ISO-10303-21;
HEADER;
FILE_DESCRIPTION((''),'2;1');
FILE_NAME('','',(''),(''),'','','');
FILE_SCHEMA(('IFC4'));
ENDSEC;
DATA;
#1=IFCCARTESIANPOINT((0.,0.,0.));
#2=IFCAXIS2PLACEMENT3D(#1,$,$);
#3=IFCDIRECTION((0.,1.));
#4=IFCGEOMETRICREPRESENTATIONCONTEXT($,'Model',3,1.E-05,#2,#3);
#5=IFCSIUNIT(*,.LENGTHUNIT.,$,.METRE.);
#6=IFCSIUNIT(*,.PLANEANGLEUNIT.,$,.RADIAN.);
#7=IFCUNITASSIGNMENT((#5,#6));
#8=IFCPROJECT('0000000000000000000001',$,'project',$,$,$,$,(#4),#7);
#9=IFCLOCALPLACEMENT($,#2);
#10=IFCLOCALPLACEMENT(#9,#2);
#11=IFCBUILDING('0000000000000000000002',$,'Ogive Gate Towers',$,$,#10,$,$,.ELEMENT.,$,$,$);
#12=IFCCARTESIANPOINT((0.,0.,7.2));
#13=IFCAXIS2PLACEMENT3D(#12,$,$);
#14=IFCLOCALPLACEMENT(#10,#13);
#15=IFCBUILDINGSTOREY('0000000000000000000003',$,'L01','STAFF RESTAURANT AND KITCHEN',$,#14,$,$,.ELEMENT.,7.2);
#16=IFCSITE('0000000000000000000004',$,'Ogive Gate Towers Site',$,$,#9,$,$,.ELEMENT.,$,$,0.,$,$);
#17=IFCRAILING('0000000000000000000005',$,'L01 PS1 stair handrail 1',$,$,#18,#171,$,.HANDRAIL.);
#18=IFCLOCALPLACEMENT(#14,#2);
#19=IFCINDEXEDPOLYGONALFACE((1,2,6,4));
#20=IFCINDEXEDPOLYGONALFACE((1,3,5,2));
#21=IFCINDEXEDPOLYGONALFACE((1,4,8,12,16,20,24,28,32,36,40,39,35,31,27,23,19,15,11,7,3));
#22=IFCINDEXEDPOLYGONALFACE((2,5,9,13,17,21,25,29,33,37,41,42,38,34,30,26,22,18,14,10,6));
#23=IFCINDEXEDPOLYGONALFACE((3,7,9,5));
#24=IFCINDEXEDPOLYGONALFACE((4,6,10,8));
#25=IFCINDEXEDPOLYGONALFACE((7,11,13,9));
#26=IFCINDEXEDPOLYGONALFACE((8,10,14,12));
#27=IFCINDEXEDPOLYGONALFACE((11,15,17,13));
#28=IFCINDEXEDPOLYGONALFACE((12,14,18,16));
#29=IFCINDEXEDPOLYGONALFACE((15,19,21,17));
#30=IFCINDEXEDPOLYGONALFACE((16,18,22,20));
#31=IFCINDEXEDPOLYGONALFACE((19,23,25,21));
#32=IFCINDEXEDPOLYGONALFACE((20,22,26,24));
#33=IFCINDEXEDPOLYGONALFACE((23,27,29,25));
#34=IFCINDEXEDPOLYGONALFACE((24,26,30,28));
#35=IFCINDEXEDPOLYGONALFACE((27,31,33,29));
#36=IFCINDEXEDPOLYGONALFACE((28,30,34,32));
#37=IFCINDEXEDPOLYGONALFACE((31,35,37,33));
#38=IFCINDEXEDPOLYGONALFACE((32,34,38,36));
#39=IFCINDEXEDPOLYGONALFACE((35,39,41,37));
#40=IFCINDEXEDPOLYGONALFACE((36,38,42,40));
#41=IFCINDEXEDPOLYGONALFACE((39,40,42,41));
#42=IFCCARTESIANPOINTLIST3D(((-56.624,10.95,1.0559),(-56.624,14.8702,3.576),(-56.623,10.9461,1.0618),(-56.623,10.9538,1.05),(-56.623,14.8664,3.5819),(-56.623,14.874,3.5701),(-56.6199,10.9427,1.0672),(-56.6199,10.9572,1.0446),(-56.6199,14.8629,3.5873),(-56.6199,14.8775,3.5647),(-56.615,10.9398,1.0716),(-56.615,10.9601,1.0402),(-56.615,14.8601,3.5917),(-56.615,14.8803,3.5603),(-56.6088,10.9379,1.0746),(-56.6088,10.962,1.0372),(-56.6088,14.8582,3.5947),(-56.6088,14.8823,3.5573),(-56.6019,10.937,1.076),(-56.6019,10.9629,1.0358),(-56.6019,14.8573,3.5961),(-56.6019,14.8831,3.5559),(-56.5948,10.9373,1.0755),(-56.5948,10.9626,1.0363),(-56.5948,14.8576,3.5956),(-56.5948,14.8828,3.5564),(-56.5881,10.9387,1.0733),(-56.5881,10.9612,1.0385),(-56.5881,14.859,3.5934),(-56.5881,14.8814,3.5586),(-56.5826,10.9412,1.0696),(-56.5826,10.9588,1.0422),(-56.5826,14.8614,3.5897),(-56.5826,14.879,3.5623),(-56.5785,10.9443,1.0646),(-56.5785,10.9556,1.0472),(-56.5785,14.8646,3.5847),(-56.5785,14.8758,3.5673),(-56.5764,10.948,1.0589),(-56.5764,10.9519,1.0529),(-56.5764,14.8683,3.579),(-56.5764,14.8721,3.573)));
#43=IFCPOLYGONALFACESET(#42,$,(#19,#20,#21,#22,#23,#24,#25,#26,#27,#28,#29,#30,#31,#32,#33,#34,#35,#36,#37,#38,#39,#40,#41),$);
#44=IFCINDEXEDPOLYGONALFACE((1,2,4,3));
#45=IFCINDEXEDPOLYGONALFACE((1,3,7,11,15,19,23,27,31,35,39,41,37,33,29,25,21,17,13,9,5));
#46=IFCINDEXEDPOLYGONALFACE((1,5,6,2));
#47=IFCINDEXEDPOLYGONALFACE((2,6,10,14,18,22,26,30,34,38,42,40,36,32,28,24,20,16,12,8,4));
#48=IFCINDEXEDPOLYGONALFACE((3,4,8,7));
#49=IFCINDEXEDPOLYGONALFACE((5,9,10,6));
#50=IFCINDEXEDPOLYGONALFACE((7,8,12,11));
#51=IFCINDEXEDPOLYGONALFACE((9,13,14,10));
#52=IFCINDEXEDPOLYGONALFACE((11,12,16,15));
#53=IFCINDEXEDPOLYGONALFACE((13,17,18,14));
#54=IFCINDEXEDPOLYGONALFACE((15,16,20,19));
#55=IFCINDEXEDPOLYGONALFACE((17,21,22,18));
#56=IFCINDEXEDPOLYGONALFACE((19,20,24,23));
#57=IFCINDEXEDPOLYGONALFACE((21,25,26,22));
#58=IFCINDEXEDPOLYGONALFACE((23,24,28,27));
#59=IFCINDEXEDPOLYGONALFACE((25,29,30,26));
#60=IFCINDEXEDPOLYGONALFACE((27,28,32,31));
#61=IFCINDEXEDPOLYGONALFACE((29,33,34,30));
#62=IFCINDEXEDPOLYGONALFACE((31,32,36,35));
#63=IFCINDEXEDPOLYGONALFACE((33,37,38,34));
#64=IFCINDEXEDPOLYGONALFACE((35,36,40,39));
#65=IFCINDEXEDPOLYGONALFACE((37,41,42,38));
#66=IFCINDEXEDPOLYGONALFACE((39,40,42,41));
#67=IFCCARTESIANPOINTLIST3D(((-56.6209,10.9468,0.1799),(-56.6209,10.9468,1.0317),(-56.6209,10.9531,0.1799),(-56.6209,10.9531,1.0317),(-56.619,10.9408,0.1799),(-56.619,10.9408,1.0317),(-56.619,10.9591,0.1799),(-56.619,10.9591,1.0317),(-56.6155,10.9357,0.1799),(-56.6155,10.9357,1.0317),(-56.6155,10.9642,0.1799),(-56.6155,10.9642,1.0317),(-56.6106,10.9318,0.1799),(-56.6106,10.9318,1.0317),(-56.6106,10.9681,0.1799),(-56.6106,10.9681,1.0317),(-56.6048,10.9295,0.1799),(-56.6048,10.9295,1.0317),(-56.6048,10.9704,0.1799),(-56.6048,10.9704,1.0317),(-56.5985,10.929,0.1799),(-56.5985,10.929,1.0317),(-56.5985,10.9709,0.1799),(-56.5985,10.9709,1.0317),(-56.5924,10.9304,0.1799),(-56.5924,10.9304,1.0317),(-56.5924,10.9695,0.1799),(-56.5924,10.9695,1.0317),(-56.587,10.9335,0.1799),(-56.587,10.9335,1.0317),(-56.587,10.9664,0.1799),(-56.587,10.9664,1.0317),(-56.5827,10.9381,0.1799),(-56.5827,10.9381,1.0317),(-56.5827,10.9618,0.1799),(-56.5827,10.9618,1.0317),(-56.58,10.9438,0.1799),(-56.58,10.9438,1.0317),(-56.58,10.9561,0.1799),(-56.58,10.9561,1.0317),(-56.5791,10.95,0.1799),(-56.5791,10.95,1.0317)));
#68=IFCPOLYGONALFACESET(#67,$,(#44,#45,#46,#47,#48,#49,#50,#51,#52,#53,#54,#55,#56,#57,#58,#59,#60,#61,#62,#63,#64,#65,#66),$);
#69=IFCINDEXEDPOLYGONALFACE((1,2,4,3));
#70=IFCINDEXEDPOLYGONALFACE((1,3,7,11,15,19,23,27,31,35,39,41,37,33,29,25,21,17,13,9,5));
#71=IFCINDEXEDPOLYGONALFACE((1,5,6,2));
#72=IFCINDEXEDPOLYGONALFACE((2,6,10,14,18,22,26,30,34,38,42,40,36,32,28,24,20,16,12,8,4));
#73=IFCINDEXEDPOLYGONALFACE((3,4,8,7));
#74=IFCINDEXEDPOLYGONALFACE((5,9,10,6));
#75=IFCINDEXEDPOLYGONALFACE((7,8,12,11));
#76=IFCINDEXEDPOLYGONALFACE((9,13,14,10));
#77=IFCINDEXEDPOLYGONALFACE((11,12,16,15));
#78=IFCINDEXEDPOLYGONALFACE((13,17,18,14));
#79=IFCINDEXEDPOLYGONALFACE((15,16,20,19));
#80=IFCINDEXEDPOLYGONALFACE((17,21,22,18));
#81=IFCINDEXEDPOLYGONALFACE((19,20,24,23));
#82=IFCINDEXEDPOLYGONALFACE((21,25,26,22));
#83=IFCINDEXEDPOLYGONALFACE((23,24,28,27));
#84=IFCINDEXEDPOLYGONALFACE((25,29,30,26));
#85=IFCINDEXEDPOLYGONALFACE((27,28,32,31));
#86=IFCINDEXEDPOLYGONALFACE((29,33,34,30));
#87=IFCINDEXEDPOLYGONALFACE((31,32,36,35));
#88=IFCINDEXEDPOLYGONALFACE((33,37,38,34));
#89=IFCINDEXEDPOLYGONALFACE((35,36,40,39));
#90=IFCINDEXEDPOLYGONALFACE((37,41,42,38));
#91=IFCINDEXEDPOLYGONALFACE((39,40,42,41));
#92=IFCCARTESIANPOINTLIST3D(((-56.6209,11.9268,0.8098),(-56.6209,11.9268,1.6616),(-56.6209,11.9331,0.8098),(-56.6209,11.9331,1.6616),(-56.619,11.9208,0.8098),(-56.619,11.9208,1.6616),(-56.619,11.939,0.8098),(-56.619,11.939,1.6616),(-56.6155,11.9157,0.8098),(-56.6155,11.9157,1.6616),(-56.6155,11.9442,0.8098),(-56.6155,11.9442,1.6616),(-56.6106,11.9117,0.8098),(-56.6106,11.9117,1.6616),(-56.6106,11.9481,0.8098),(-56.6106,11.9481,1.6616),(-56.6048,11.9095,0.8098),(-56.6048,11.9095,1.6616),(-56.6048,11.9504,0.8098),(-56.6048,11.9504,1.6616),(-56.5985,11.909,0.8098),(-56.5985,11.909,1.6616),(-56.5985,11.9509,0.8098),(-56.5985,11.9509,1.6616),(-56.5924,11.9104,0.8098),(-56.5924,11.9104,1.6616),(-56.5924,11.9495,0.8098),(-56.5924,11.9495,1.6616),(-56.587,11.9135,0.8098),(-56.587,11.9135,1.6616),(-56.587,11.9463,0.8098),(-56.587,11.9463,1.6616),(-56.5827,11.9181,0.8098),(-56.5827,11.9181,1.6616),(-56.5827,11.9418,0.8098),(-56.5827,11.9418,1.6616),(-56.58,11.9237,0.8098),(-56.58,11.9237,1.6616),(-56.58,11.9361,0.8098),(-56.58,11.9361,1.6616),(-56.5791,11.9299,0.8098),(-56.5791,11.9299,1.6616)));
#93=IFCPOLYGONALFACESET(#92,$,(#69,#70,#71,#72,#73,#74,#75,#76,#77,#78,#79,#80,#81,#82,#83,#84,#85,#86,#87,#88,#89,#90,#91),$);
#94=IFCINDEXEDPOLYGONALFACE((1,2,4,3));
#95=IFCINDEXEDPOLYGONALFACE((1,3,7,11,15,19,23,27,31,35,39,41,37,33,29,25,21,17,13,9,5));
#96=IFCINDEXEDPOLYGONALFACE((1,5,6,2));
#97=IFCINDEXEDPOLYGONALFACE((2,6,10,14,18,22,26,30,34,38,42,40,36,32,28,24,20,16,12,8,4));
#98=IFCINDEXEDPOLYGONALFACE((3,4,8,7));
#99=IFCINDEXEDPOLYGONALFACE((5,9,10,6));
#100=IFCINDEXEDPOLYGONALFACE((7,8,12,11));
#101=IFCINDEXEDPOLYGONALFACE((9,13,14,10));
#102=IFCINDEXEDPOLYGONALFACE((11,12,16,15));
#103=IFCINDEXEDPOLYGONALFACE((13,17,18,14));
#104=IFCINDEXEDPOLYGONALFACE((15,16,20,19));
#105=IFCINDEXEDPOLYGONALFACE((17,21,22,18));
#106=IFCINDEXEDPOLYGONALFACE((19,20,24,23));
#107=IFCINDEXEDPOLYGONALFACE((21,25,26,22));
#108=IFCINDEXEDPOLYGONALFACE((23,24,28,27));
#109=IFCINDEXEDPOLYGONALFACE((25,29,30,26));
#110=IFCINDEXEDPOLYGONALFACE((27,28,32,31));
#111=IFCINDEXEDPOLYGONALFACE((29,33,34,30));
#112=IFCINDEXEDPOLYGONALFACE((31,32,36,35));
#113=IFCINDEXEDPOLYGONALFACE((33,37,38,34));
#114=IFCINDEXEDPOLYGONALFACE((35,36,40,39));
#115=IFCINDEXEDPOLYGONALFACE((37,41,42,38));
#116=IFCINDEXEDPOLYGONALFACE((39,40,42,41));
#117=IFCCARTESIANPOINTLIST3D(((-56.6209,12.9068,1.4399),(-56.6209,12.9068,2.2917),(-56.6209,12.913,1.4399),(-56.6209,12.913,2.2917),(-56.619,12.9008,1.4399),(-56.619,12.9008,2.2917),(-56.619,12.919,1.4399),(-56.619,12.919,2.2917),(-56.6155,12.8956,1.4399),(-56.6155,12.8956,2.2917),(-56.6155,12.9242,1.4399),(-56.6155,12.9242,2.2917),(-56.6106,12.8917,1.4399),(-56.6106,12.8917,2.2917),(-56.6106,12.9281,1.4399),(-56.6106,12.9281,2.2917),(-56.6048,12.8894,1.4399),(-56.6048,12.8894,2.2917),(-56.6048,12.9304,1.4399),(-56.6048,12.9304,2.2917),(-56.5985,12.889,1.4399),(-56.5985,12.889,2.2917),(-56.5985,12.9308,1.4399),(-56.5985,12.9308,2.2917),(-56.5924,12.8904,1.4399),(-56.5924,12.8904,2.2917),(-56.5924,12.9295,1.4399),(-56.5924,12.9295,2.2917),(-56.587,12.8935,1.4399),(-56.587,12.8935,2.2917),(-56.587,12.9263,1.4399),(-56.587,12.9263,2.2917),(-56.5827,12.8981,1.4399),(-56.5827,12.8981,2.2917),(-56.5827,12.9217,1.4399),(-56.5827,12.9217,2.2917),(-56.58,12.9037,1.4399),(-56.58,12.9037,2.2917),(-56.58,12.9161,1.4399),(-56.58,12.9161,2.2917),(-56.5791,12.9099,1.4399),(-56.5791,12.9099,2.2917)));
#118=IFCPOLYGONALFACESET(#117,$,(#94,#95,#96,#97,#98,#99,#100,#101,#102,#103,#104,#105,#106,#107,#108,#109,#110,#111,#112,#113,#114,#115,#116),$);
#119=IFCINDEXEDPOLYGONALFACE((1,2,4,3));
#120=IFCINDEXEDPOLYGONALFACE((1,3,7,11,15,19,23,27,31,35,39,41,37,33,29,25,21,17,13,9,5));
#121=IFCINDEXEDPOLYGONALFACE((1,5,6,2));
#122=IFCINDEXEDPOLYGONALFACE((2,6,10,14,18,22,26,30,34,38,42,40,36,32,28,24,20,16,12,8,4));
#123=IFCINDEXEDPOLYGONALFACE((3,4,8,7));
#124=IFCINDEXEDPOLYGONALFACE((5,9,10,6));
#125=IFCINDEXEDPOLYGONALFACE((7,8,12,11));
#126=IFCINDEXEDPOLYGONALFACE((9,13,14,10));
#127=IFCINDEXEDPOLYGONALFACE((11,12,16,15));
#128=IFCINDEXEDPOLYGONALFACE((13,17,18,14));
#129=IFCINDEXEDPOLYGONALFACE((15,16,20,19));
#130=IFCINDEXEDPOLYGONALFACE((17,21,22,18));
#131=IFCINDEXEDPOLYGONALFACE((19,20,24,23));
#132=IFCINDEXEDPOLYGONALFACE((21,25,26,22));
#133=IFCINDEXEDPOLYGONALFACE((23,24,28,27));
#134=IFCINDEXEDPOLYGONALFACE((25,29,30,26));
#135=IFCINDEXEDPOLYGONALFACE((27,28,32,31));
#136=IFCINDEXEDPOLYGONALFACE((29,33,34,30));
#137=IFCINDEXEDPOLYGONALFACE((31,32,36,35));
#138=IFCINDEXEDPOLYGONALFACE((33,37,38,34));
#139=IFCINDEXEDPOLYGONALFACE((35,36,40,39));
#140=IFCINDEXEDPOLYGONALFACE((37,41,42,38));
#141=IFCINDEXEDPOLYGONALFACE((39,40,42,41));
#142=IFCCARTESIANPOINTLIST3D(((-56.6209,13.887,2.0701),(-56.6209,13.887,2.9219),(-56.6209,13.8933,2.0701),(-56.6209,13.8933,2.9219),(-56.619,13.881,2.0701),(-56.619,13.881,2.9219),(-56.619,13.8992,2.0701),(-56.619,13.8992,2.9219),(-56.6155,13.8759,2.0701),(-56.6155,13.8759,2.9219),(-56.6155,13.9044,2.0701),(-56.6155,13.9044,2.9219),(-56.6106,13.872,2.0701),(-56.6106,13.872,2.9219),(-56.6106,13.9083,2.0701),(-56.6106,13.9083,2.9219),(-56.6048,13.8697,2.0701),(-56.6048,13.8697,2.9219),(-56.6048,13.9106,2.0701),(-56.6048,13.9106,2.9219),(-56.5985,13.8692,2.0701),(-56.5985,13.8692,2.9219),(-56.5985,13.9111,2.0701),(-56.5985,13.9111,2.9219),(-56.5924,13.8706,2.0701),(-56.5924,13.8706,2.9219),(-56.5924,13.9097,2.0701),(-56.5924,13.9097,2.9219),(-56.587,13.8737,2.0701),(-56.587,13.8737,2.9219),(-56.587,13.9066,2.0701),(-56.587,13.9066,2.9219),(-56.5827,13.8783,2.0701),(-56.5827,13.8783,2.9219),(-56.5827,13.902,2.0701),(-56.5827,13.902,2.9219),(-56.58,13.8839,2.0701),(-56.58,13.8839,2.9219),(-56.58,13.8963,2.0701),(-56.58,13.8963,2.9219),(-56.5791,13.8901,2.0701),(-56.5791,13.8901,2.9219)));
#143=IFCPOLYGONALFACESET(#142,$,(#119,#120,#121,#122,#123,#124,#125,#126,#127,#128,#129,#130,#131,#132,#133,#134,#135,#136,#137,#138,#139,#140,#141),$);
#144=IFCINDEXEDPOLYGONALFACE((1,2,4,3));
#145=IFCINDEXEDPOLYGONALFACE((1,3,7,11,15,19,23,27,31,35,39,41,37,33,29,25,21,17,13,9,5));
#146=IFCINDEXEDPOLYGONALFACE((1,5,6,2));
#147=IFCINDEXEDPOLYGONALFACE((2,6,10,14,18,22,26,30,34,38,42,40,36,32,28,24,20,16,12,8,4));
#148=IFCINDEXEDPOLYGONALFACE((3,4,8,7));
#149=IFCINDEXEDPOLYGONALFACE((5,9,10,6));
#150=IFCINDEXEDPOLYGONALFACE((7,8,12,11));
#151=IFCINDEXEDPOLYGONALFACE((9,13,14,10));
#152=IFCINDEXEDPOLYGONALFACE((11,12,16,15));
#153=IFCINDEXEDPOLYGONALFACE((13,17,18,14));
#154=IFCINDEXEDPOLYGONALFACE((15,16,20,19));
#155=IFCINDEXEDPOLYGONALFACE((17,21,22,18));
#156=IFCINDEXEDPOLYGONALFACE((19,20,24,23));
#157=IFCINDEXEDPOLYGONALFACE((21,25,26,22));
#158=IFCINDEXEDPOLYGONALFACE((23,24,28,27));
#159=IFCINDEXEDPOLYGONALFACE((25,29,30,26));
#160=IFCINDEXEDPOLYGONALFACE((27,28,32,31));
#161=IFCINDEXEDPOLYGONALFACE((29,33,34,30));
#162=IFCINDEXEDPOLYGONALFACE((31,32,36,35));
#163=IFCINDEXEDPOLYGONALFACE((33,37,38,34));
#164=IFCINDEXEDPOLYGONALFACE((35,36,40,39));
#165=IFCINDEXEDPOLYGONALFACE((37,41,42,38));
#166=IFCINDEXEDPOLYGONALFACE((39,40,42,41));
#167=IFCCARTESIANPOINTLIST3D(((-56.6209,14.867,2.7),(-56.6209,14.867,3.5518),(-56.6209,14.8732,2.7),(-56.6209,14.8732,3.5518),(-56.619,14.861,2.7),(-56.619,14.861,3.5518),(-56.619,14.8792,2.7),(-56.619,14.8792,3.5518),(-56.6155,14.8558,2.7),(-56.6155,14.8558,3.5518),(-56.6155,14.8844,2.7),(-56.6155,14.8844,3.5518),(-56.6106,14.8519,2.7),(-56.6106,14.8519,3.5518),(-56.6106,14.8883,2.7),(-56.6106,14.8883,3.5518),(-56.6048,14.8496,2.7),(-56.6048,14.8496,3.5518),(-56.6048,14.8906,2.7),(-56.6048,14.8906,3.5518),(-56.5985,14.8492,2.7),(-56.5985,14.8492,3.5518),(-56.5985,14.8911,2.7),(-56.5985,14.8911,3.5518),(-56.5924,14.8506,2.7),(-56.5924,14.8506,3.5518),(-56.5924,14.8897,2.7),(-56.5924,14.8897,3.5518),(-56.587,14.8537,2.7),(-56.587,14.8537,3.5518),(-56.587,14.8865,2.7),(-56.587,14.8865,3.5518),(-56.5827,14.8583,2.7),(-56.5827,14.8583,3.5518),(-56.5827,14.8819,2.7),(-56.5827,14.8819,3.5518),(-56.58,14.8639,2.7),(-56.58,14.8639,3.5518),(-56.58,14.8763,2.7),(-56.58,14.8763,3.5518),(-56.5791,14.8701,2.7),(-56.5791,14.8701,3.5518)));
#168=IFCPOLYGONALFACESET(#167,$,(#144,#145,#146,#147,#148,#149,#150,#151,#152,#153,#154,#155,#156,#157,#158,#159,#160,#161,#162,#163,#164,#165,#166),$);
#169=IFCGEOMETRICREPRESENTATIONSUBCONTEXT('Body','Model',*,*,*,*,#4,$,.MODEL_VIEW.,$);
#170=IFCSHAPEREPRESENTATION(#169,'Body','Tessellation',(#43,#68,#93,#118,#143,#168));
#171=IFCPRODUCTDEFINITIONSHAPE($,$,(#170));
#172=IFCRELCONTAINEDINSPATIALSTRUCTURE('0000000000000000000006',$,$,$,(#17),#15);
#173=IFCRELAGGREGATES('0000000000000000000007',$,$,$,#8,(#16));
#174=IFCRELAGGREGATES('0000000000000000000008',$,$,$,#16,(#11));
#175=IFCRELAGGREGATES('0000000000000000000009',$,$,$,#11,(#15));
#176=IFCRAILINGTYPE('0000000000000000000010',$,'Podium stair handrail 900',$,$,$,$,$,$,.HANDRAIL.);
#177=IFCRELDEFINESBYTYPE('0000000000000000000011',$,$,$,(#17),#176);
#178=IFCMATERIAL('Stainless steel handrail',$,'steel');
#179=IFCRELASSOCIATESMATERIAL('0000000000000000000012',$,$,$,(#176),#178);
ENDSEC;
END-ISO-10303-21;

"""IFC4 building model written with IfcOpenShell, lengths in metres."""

from ifc_helpers import new_model, si_unit, direction, frame, origin, origin_2d, place, context, subcontext, project, spatial, circle, extrude, material, type_object, element, save


model = new_model("IFC4")

# Units and contexts
model_context = context("Model", 3, precision=1e-05, world=origin(), true_north=direction((0.0, 1.0)))
body_context = subcontext(model_context, "Body", "Model", "MODEL_VIEW")
ifc_project = project(units=[si_unit("LENGTHUNIT", "METRE"), si_unit("PLANEANGLEUNIT", "RADIAN")], contexts=[model_context])

# Site, building, storey
site_placement = place(None, origin())
site = spatial("IfcSite", under=ifc_project, at=site_placement, Name="Ogive Gate Towers Site", CompositionType="ELEMENT", RefElevation=0.0)
building_placement = place(site_placement, origin())
building = spatial("IfcBuilding", under=site, at=building_placement, Name="Ogive Gate Towers", CompositionType="ELEMENT")
storey_placement = place(building_placement, frame((0.0, 0.0, 7.2)))
storey = spatial("IfcBuildingStorey", under=building, at=storey_placement, Name="L01", Description="STAFF RESTAURANT AND KITCHEN", CompositionType="ELEMENT", Elevation=7.2)

# Railing
ifc_material_1 = material(Name="Stainless steel handrail", Category="steel")
railing_type_1 = type_object("IfcRailingType", Name="Podium stair handrail 900", PredefinedType="HANDRAIL", material=ifc_material_1)
railing_1_placement = place(storey_placement, frame((-56.6001, 10.95, 0.1799)))
element("IfcRailing", 1, at=railing_1_placement, inside=storey, type_object=railing_type_1, Name="L01 PS1 stair handrail 1", PredefinedType="HANDRAIL", context=body_context, shape_type="SweptSolid", body=[
    extrude(circle(Radius=0.0239, at=origin_2d()), frame((0.0, 0.0, 0.876), z_axis=(0.0, 0.841187, 0.540744), x_axis=(-1.0, 0.0, 0.0)), (0.0, 0.0, 1.0), 4.6604),
    extrude(circle(Radius=0.021, at=origin_2d()), origin(), (0.0, 0.0, 1.0), 0.8518),
    extrude(circle(Radius=0.021, at=origin_2d()), frame((0.0, 0.98, 0.6299)), (0.0, 0.0, 1.0), 0.8518),
    extrude(circle(Radius=0.021, at=origin_2d()), frame((0.0, 1.96, 1.26)), (0.0, 0.0, 1.0), 0.8518),
    extrude(circle(Radius=0.021, at=origin_2d()), frame((0.0, 2.9402, 1.8901)), (0.0, 0.0, 1.0), 0.8518),
    extrude(circle(Radius=0.021, at=origin_2d()), frame((0.0, 3.9202, 2.52)), (0.0, 0.0, 1.0), 0.8518),
])

save(model, "model.ifc")
